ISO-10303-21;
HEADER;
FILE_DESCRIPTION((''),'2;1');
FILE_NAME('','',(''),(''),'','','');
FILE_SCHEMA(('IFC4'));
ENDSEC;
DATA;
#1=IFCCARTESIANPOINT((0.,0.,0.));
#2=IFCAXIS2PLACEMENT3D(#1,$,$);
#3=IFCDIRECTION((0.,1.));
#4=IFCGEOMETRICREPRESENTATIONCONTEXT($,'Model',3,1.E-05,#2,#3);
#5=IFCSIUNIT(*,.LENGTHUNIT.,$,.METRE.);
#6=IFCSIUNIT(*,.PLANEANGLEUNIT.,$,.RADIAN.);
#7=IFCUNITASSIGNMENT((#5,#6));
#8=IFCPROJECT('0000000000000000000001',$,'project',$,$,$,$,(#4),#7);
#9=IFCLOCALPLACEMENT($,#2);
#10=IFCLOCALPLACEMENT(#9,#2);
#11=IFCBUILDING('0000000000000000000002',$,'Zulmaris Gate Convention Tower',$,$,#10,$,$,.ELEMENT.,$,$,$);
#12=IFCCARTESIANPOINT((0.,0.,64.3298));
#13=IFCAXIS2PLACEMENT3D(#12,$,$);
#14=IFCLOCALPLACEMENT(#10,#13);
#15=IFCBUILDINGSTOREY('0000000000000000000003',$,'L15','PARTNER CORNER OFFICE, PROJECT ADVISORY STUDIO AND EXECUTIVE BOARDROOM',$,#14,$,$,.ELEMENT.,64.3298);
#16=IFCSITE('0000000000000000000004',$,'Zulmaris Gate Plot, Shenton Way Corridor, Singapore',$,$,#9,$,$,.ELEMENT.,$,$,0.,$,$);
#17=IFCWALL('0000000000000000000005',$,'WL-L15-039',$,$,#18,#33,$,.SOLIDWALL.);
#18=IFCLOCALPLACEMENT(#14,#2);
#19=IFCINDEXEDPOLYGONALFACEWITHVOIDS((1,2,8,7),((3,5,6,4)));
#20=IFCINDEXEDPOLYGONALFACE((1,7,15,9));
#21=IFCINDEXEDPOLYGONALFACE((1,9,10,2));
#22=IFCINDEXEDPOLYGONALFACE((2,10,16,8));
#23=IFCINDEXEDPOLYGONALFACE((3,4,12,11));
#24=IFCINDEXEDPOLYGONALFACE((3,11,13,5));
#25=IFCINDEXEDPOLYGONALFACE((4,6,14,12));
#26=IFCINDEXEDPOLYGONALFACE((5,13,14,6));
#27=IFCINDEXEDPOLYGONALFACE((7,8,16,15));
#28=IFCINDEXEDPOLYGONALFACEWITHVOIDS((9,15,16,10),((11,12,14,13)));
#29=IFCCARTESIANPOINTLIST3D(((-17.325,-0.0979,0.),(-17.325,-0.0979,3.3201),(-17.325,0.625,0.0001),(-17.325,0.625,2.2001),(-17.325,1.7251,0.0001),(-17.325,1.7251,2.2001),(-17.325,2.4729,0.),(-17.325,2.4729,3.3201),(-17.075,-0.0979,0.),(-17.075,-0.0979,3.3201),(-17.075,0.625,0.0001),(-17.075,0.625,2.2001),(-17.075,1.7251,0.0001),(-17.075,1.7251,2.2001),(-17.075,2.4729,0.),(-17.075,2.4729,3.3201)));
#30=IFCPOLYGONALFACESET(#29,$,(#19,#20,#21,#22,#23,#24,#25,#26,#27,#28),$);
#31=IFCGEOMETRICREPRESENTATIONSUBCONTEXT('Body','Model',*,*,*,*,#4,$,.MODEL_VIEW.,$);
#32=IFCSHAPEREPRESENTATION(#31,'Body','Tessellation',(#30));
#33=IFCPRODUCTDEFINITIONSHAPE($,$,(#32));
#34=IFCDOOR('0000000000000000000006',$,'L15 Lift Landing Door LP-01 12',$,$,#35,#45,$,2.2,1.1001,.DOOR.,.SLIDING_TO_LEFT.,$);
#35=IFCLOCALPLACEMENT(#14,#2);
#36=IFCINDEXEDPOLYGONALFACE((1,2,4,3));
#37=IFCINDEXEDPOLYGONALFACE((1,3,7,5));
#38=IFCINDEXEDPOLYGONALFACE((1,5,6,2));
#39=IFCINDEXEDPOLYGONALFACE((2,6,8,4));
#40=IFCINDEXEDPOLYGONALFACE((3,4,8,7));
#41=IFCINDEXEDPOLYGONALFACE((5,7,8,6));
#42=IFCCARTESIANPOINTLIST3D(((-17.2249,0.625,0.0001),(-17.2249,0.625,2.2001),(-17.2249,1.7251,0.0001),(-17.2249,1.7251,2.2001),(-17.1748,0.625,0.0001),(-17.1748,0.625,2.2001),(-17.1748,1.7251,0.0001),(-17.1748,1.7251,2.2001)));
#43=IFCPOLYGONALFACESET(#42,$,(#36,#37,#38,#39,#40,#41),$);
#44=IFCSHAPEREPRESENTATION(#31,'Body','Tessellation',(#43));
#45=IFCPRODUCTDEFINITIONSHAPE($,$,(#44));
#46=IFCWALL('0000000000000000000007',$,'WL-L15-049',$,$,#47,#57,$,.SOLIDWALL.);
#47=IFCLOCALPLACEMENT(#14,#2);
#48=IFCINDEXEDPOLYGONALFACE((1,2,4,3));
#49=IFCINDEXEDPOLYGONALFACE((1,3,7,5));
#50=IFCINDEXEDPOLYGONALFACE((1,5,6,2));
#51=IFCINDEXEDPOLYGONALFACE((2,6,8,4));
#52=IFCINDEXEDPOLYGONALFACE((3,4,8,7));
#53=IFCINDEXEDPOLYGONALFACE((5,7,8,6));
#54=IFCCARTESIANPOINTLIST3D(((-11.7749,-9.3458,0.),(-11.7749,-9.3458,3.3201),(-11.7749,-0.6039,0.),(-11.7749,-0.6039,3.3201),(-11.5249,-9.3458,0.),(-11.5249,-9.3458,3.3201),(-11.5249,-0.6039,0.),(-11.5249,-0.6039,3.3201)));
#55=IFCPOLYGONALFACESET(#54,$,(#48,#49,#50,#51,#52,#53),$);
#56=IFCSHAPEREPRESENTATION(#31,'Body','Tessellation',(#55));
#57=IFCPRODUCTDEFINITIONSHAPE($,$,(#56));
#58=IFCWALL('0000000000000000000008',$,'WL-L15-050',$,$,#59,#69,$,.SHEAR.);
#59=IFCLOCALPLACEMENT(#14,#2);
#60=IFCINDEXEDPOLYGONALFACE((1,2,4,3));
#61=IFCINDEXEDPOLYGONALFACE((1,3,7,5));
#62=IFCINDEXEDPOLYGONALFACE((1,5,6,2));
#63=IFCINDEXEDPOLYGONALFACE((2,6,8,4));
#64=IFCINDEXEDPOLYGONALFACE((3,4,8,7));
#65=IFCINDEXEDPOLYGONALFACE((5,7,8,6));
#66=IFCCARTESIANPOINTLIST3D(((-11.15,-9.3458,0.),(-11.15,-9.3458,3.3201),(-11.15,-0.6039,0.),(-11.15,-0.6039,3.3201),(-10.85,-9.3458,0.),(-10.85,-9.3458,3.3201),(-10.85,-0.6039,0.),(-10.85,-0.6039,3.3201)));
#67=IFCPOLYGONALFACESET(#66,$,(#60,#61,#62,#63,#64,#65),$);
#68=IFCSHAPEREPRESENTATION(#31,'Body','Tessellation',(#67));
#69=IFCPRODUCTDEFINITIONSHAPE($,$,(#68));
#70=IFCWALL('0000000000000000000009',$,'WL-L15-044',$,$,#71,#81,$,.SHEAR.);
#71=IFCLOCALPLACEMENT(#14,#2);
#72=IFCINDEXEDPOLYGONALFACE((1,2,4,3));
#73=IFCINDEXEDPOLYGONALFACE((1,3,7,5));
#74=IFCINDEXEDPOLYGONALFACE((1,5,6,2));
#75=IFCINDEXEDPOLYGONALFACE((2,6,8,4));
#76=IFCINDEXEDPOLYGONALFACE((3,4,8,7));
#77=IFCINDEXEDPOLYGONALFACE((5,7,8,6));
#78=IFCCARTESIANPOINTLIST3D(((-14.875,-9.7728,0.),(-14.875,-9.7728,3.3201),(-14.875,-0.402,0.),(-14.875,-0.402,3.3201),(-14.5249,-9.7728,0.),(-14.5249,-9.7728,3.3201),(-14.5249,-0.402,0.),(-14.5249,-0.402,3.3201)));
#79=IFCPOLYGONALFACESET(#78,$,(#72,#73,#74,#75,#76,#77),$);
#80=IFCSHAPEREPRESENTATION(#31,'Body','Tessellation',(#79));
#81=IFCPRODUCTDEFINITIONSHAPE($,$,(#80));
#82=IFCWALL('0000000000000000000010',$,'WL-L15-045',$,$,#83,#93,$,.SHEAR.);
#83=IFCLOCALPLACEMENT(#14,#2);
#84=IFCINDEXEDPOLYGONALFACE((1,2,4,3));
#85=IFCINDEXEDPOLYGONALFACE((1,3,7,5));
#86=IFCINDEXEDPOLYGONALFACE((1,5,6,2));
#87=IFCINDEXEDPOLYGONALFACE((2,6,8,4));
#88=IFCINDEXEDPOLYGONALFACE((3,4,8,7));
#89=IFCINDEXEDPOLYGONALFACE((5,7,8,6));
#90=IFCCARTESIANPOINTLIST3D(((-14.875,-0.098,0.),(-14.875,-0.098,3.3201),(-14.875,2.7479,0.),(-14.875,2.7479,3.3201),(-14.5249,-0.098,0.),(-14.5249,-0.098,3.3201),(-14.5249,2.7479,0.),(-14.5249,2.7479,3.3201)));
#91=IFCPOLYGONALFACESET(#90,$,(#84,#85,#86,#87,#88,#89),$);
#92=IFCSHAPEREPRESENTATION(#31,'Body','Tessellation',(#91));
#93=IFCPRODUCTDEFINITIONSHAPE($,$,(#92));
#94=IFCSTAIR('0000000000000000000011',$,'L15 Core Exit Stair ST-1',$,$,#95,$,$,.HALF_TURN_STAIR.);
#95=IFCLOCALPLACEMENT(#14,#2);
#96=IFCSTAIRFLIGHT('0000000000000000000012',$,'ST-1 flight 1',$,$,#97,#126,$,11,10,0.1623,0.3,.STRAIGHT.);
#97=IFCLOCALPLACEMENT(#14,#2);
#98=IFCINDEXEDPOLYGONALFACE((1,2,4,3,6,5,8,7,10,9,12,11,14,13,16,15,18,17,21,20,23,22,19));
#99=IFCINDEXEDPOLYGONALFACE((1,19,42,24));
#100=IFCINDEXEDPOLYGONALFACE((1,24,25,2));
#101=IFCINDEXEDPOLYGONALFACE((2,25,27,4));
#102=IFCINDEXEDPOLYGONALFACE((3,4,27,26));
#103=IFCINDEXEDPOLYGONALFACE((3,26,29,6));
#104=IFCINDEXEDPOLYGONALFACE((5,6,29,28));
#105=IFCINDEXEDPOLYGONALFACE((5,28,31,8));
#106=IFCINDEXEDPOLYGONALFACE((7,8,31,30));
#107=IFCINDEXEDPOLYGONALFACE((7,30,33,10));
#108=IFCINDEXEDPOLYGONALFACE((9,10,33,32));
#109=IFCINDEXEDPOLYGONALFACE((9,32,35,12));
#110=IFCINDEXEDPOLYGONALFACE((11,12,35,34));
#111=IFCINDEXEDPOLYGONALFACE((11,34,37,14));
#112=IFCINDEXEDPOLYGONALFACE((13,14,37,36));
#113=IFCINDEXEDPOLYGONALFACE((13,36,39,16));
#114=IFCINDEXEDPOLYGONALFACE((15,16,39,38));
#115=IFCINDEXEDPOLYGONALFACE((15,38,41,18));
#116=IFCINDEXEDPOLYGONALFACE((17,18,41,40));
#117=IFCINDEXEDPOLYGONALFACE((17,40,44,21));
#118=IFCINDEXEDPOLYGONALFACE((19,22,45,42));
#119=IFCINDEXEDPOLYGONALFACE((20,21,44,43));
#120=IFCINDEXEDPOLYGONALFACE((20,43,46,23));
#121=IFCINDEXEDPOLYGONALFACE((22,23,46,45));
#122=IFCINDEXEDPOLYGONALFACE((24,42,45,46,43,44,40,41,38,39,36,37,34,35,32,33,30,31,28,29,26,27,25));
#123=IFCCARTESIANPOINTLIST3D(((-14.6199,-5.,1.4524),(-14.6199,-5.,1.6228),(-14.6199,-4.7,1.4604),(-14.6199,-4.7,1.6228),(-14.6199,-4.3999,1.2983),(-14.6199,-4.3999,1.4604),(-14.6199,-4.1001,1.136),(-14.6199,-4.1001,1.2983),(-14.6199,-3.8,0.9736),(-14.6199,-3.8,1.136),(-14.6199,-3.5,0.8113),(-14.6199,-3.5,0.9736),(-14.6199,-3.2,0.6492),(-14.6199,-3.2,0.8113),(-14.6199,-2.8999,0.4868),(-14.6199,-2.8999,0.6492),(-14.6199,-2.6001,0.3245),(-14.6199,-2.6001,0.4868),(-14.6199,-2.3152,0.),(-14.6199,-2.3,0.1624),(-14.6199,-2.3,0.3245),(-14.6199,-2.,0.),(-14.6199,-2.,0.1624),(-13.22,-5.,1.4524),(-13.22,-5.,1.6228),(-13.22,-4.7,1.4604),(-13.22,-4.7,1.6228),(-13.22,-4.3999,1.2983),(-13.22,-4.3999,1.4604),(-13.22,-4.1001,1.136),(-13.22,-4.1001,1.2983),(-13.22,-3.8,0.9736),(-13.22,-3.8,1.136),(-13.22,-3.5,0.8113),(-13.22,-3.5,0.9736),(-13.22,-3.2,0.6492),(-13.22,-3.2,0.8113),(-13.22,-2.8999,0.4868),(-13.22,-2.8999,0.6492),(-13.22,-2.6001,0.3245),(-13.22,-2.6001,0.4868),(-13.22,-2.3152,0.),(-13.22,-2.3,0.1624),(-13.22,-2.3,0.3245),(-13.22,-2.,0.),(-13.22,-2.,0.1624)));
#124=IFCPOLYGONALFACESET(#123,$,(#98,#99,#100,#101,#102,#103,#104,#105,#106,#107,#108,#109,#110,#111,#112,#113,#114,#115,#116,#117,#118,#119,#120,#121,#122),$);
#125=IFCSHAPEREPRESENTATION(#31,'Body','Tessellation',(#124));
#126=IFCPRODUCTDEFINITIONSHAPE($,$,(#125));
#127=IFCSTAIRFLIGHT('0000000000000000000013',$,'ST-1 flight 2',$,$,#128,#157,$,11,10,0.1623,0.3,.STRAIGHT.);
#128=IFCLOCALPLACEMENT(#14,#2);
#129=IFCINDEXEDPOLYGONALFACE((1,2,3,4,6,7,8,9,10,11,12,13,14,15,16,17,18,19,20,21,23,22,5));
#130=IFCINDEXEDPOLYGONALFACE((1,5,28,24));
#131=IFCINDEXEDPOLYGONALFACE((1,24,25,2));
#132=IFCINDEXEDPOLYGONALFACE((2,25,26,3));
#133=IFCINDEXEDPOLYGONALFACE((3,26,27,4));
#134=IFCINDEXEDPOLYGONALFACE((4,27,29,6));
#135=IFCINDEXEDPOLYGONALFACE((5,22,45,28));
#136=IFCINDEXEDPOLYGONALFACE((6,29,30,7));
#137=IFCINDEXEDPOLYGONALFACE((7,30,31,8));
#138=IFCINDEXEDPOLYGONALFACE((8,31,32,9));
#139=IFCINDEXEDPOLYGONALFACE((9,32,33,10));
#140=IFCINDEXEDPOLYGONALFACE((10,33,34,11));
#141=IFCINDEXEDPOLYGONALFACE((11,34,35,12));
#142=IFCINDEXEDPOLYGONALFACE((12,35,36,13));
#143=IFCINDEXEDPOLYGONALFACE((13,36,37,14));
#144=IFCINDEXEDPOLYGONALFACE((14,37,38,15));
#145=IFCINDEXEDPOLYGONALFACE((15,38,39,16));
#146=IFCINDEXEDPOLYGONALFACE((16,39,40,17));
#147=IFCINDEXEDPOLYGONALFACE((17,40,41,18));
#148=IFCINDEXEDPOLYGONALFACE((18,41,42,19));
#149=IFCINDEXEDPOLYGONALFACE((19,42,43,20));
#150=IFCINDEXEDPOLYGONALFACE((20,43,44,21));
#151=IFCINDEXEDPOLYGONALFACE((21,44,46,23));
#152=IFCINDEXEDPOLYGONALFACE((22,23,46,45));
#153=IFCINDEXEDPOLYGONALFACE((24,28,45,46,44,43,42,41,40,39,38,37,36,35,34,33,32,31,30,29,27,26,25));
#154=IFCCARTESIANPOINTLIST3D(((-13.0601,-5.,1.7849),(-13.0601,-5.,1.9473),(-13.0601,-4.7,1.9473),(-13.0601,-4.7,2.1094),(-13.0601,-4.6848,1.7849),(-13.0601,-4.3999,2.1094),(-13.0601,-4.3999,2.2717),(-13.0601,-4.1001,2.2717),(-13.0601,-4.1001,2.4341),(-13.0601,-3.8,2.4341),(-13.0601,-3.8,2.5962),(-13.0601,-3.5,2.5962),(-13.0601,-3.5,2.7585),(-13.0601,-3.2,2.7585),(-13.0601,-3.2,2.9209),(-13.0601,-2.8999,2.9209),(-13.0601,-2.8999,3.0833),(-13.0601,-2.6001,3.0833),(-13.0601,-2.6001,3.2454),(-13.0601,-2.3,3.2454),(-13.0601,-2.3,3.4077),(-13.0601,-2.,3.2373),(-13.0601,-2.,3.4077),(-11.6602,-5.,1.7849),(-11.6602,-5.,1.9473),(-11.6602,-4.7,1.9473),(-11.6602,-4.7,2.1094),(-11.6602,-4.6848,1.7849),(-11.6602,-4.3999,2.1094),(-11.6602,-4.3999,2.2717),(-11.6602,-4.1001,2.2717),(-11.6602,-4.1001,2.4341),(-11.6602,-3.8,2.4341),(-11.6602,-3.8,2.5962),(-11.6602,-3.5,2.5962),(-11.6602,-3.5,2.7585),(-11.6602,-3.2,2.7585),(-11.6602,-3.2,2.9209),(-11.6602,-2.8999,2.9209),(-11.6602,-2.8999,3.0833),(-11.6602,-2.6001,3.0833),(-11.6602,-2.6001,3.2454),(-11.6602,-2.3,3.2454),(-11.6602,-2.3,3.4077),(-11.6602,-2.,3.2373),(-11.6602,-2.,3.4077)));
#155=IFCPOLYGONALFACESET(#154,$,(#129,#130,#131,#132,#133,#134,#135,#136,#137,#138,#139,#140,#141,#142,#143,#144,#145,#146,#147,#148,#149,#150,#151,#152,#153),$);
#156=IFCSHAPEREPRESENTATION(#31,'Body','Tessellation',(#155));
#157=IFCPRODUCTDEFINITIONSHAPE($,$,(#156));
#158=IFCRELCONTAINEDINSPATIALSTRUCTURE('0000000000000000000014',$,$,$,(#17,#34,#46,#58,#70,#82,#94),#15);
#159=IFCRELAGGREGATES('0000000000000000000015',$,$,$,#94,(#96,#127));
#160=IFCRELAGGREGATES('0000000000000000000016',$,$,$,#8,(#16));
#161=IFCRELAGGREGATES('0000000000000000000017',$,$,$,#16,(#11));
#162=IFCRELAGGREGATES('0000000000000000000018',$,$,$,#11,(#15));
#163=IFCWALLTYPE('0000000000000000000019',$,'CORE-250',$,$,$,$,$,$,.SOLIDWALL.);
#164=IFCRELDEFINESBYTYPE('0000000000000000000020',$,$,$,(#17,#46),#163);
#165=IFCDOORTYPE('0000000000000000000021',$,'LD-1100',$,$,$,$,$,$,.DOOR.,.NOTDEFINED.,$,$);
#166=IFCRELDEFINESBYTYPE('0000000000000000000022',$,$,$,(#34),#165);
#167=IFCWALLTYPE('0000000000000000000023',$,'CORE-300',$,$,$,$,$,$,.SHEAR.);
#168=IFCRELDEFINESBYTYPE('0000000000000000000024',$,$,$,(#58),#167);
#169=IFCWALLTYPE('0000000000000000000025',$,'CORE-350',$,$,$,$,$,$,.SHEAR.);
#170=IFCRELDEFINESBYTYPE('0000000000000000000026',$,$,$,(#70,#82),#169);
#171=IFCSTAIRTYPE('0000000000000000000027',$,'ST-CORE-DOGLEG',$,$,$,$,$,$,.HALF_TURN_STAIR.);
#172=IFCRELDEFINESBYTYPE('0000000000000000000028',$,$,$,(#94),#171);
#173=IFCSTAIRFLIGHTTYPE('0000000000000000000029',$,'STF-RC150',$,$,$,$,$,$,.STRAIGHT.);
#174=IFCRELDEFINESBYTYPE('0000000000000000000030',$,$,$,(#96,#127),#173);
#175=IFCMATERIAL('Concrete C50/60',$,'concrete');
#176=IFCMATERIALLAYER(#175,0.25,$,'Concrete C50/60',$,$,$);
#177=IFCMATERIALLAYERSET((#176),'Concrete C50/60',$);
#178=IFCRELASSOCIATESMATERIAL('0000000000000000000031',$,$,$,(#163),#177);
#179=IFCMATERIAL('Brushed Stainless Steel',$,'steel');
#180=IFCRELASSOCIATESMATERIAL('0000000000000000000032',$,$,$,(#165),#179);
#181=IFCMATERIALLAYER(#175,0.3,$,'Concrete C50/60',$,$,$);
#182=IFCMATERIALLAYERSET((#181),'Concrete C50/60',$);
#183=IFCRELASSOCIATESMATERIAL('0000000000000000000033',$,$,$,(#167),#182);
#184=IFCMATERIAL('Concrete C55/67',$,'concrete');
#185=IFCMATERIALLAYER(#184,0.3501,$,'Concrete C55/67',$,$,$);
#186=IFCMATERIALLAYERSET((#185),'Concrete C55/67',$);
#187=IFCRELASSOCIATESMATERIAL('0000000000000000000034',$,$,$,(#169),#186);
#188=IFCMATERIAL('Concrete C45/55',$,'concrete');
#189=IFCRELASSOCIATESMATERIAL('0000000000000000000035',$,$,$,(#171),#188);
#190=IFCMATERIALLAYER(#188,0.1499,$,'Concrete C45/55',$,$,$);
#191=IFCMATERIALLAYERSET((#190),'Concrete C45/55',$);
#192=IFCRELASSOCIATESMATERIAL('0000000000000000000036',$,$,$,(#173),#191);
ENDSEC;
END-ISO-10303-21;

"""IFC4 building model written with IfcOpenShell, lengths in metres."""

from ifc_helpers import new_model, si_unit, direction, frame, frame_2d, origin, place, context, subcontext, project, spatial, polyline, rectangle, outline, extrude, material, layer, layer_set, type_object, element, fill, aggregate, save


model = new_model("IFC4")

# Units and contexts
model_context = context("Model", 3, precision=1e-05, world=origin(), true_north=direction((0.0, 1.0)))
body_context = subcontext(model_context, "Body", "Model", "MODEL_VIEW")
ifc_project = project(units=[si_unit("LENGTHUNIT", "METRE"), si_unit("PLANEANGLEUNIT", "RADIAN")], contexts=[model_context])

# Site, building, storey
site_placement = place(None, origin())
site = spatial("IfcSite", under=ifc_project, at=site_placement, Name="Zulmaris Gate Plot, Shenton Way Corridor, Singapore", CompositionType="ELEMENT", RefElevation=0.0)
building_placement = place(site_placement, origin())
building = spatial("IfcBuilding", under=site, at=building_placement, Name="Zulmaris Gate Convention Tower", CompositionType="ELEMENT")
storey_placement = place(building_placement, frame((0.0, 0.0, 64.3298)))
storey = spatial("IfcBuildingStorey", under=building, at=storey_placement, Name="L15", Description="PARTNER CORNER OFFICE, PROJECT ADVISORY STUDIO AND EXECUTIVE BOARDROOM", CompositionType="ELEMENT", Elevation=64.3298)

# Wall, opening, door
ifc_material_1 = material(Name="Concrete C50/60", Category="concrete")
ifc_layer_1 = layer(ifc_material_1, 0.25, Name="Concrete C50/60")
ifc_layer_set_1 = layer_set([ifc_layer_1], Name="Concrete C50/60")
wall_type_1 = type_object("IfcWallType", Name="CORE-250", PredefinedType="SOLIDWALL", material=ifc_layer_set_1)
wall_1_placement = place(storey_placement, frame((-17.2, -0.0979, 0.0), z_axis=(0.0, 0.0, 1.0), x_axis=(0.0, 1.0, 0.0)))
wall_1 = element("IfcWall", 1, at=wall_1_placement, inside=storey, type_object=wall_type_1, Name="WL-L15-039", PredefinedType="SOLIDWALL", context=body_context, shape_type="SweptSolid", body=[
    extrude(rectangle(XDim=2.5708, YDim=0.25, at=frame_2d((1.2854, 0.0))), origin(), (0.0, 0.0, 1.0), 3.3201),
])
opening_placement = place(wall_1_placement, frame((0.7229, 0.0, 0.0)))
opening = element("IfcOpeningElement", 2, at=opening_placement, cuts=wall_1, PredefinedType="OPENING", context=body_context, shape_type="SweptSolid", body=[
    extrude(rectangle(XDim=1.1001, YDim=2.2, at=frame_2d((0.55, 1.1001))), frame((0.0, 0.135, 0.0), z_axis=(0.0, -1.0, 0.0), x_axis=(1.0, 0.0, 0.0)), (0.0, 0.0, 1.0), 0.27),
])
ifc_material_2 = material(Name="Brushed Stainless Steel", Category="steel")
door_type = type_object("IfcDoorType", Name="LD-1100", OperationType="NOTDEFINED", PredefinedType="DOOR", material=ifc_material_2)
door_placement = place(opening_placement, origin())
door = element("IfcDoor", 3, at=door_placement, inside=storey, type_object=door_type, Name="L15 Lift Landing Door LP-01 12", OperationType="SLIDING_TO_LEFT", OverallHeight=2.2, OverallWidth=1.1001, PredefinedType="DOOR", context=body_context, shape_type="SweptSolid", body=[
    extrude(rectangle(XDim=1.1001, YDim=2.2, at=frame_2d((0.55, 1.1001))), frame((0.0, 0.0249, 0.0), z_axis=(0.0, -1.0, 0.0), x_axis=(1.0, 0.0, 0.0)), (0.0, 0.0, 1.0), 0.05),
])
fill(opening, door)

# Walls
wall_2_placement = place(storey_placement, frame((-11.6499, -9.3459, 0.0), z_axis=(0.0, 0.0, 1.0), x_axis=(0.0, 1.0, 0.0)))
element("IfcWall", 4, at=wall_2_placement, inside=storey, type_object=wall_type_1, Name="WL-L15-049", PredefinedType="SOLIDWALL", context=body_context, shape_type="SweptSolid", body=[
    extrude(rectangle(XDim=8.7419, YDim=0.25, at=frame_2d((4.3711, 0.0))), origin(), (0.0, 0.0, 1.0), 3.3201),
])
ifc_layer_2 = layer(ifc_material_1, 0.3, Name="Concrete C50/60")
ifc_layer_set_2 = layer_set([ifc_layer_2], Name="Concrete C50/60")
wall_type_2 = type_object("IfcWallType", Name="CORE-300", PredefinedType="SHEAR", material=ifc_layer_set_2)
wall_3_placement = place(storey_placement, frame((-11.0, -9.3459, 0.0), z_axis=(0.0, 0.0, 1.0), x_axis=(0.0, 1.0, 0.0)))
element("IfcWall", 5, at=wall_3_placement, inside=storey, type_object=wall_type_2, Name="WL-L15-050", PredefinedType="SHEAR", context=body_context, shape_type="SweptSolid", body=[
    extrude(rectangle(XDim=8.7419, YDim=0.3, at=frame_2d((4.3711, 0.0))), origin(), (0.0, 0.0, 1.0), 3.3201),
])
ifc_material_3 = material(Name="Concrete C55/67", Category="concrete")
ifc_layer_3 = layer(ifc_material_3, 0.3501, Name="Concrete C55/67")
ifc_layer_set_3 = layer_set([ifc_layer_3], Name="Concrete C55/67")
wall_type_3 = type_object("IfcWallType", Name="CORE-350", PredefinedType="SHEAR", material=ifc_layer_set_3)
wall_4_placement = place(storey_placement, frame((-14.7, -9.7729, 0.0), z_axis=(0.0, 0.0, 1.0), x_axis=(0.0, 1.0, 0.0)))
element("IfcWall", 6, at=wall_4_placement, inside=storey, type_object=wall_type_3, Name="WL-L15-044", PredefinedType="SHEAR", context=body_context, shape_type="SweptSolid", body=[
    extrude(rectangle(XDim=9.3708, YDim=0.3501, at=frame_2d((4.6855, 0.0))), origin(), (0.0, 0.0, 1.0), 3.3201),
])
wall_5_placement = place(storey_placement, frame((-14.7, -0.0979, 0.0), z_axis=(0.0, 0.0, 1.0), x_axis=(0.0, 1.0, 0.0)))
element("IfcWall", 7, at=wall_5_placement, inside=storey, type_object=wall_type_3, Name="WL-L15-045", PredefinedType="SHEAR", context=body_context, shape_type="SweptSolid", body=[
    extrude(rectangle(XDim=2.8459, YDim=0.3501, at=frame_2d((1.4229, 0.0))), origin(), (0.0, 0.0, 1.0), 3.3201),
])

# Stair, stair flights
ifc_material_4 = material(Name="Concrete C45/55", Category="concrete")
stair_type = type_object("IfcStairType", Name="ST-CORE-DOGLEG", PredefinedType="HALF_TURN_STAIR", material=ifc_material_4)
stair_1_placement = place(storey_placement, origin())
stair_1 = element("IfcStair", 8, at=stair_1_placement, inside=storey, type_object=stair_type, Name="L15 Core Exit Stair ST-1", PredefinedType="HALF_TURN_STAIR")
ifc_layer_4 = layer(ifc_material_4, 0.1499, Name="Concrete C45/55")
ifc_layer_set_4 = layer_set([ifc_layer_4], Name="Concrete C45/55")
stair_flight_type = type_object("IfcStairFlightType", Name="STF-RC150", PredefinedType="STRAIGHT", material=ifc_layer_set_4)
stair_flight_1_placement = place(storey_placement, frame((-13.9199, -2.0, 0.0), z_axis=(0.0, 0.0, 1.0), x_axis=(0.0, -1.0, 0.0)))
stair_flight_1 = element("IfcStairFlight", 9, at=stair_flight_1_placement, type_object=stair_flight_type, Name="ST-1 flight 1", NumberOfRisers=11, NumberOfTreads=10, PredefinedType="STRAIGHT", RiserHeight=0.1623, TreadLength=0.3, context=body_context, shape_type="SweptSolid", body=[
    extrude(outline(polyline([(0.0, 0.0), (0.0, 0.1624), (0.3, 0.1624), (0.3, 0.3245), (0.6001, 0.3245), (0.6001, 0.4868), (0.8999, 0.4868), (0.8999, 0.6492), (1.2, 0.6492), (1.2, 0.8113), (1.5, 0.8113), (1.5, 0.9736), (1.8, 0.9736), (1.8, 1.136), (2.1001, 1.136), (2.1001, 1.2983), (2.3999, 1.2983), (2.3999, 1.4604), (2.7, 1.4604), (2.7, 1.6228), (3.0, 1.6228), (3.0, 1.7852), (3.0, 1.4524), (0.3152, 0.0), (0.0, 0.0)])), frame((0.0, 0.7, 0.0), z_axis=(0.0, -1.0, 0.0), x_axis=(1.0, 0.0, 0.0)), (0.0, 0.0, 1.0), 1.3999),
])
stair_flight_2_placement = place(storey_placement, frame((-12.3601, -5.0, 1.7849), z_axis=(0.0, 0.0, 1.0), x_axis=(0.0, 1.0, 0.0)))
stair_flight_2 = element("IfcStairFlight", 10, at=stair_flight_2_placement, type_object=stair_flight_type, Name="ST-1 flight 2", NumberOfRisers=11, NumberOfTreads=10, PredefinedType="STRAIGHT", RiserHeight=0.1623, TreadLength=0.3, context=body_context, shape_type="SweptSolid", body=[
    extrude(outline(polyline([(0.0, 0.0), (0.0, 0.1624), (0.3, 0.1624), (0.3, 0.3245), (0.6001, 0.3245), (0.6001, 0.4868), (0.8999, 0.4868), (0.8999, 0.6492), (1.2, 0.6492), (1.2, 0.8113), (1.5, 0.8113), (1.5, 0.9736), (1.8, 0.9736), (1.8, 1.136), (2.1001, 1.136), (2.1001, 1.2983), (2.3999, 1.2983), (2.3999, 1.4604), (2.7, 1.4604), (2.7, 1.6228), (3.0, 1.6228), (3.0, 1.7852), (3.0, 1.4524), (0.3152, 0.0), (0.0, 0.0)])), frame((0.0, 0.7, 0.0), z_axis=(0.0, -1.0, 0.0), x_axis=(1.0, 0.0, 0.0)), (0.0, 0.0, 1.0), 1.3999),
])
aggregate(stair_1, [stair_flight_1, stair_flight_2])

save(model, "model.ifc")
